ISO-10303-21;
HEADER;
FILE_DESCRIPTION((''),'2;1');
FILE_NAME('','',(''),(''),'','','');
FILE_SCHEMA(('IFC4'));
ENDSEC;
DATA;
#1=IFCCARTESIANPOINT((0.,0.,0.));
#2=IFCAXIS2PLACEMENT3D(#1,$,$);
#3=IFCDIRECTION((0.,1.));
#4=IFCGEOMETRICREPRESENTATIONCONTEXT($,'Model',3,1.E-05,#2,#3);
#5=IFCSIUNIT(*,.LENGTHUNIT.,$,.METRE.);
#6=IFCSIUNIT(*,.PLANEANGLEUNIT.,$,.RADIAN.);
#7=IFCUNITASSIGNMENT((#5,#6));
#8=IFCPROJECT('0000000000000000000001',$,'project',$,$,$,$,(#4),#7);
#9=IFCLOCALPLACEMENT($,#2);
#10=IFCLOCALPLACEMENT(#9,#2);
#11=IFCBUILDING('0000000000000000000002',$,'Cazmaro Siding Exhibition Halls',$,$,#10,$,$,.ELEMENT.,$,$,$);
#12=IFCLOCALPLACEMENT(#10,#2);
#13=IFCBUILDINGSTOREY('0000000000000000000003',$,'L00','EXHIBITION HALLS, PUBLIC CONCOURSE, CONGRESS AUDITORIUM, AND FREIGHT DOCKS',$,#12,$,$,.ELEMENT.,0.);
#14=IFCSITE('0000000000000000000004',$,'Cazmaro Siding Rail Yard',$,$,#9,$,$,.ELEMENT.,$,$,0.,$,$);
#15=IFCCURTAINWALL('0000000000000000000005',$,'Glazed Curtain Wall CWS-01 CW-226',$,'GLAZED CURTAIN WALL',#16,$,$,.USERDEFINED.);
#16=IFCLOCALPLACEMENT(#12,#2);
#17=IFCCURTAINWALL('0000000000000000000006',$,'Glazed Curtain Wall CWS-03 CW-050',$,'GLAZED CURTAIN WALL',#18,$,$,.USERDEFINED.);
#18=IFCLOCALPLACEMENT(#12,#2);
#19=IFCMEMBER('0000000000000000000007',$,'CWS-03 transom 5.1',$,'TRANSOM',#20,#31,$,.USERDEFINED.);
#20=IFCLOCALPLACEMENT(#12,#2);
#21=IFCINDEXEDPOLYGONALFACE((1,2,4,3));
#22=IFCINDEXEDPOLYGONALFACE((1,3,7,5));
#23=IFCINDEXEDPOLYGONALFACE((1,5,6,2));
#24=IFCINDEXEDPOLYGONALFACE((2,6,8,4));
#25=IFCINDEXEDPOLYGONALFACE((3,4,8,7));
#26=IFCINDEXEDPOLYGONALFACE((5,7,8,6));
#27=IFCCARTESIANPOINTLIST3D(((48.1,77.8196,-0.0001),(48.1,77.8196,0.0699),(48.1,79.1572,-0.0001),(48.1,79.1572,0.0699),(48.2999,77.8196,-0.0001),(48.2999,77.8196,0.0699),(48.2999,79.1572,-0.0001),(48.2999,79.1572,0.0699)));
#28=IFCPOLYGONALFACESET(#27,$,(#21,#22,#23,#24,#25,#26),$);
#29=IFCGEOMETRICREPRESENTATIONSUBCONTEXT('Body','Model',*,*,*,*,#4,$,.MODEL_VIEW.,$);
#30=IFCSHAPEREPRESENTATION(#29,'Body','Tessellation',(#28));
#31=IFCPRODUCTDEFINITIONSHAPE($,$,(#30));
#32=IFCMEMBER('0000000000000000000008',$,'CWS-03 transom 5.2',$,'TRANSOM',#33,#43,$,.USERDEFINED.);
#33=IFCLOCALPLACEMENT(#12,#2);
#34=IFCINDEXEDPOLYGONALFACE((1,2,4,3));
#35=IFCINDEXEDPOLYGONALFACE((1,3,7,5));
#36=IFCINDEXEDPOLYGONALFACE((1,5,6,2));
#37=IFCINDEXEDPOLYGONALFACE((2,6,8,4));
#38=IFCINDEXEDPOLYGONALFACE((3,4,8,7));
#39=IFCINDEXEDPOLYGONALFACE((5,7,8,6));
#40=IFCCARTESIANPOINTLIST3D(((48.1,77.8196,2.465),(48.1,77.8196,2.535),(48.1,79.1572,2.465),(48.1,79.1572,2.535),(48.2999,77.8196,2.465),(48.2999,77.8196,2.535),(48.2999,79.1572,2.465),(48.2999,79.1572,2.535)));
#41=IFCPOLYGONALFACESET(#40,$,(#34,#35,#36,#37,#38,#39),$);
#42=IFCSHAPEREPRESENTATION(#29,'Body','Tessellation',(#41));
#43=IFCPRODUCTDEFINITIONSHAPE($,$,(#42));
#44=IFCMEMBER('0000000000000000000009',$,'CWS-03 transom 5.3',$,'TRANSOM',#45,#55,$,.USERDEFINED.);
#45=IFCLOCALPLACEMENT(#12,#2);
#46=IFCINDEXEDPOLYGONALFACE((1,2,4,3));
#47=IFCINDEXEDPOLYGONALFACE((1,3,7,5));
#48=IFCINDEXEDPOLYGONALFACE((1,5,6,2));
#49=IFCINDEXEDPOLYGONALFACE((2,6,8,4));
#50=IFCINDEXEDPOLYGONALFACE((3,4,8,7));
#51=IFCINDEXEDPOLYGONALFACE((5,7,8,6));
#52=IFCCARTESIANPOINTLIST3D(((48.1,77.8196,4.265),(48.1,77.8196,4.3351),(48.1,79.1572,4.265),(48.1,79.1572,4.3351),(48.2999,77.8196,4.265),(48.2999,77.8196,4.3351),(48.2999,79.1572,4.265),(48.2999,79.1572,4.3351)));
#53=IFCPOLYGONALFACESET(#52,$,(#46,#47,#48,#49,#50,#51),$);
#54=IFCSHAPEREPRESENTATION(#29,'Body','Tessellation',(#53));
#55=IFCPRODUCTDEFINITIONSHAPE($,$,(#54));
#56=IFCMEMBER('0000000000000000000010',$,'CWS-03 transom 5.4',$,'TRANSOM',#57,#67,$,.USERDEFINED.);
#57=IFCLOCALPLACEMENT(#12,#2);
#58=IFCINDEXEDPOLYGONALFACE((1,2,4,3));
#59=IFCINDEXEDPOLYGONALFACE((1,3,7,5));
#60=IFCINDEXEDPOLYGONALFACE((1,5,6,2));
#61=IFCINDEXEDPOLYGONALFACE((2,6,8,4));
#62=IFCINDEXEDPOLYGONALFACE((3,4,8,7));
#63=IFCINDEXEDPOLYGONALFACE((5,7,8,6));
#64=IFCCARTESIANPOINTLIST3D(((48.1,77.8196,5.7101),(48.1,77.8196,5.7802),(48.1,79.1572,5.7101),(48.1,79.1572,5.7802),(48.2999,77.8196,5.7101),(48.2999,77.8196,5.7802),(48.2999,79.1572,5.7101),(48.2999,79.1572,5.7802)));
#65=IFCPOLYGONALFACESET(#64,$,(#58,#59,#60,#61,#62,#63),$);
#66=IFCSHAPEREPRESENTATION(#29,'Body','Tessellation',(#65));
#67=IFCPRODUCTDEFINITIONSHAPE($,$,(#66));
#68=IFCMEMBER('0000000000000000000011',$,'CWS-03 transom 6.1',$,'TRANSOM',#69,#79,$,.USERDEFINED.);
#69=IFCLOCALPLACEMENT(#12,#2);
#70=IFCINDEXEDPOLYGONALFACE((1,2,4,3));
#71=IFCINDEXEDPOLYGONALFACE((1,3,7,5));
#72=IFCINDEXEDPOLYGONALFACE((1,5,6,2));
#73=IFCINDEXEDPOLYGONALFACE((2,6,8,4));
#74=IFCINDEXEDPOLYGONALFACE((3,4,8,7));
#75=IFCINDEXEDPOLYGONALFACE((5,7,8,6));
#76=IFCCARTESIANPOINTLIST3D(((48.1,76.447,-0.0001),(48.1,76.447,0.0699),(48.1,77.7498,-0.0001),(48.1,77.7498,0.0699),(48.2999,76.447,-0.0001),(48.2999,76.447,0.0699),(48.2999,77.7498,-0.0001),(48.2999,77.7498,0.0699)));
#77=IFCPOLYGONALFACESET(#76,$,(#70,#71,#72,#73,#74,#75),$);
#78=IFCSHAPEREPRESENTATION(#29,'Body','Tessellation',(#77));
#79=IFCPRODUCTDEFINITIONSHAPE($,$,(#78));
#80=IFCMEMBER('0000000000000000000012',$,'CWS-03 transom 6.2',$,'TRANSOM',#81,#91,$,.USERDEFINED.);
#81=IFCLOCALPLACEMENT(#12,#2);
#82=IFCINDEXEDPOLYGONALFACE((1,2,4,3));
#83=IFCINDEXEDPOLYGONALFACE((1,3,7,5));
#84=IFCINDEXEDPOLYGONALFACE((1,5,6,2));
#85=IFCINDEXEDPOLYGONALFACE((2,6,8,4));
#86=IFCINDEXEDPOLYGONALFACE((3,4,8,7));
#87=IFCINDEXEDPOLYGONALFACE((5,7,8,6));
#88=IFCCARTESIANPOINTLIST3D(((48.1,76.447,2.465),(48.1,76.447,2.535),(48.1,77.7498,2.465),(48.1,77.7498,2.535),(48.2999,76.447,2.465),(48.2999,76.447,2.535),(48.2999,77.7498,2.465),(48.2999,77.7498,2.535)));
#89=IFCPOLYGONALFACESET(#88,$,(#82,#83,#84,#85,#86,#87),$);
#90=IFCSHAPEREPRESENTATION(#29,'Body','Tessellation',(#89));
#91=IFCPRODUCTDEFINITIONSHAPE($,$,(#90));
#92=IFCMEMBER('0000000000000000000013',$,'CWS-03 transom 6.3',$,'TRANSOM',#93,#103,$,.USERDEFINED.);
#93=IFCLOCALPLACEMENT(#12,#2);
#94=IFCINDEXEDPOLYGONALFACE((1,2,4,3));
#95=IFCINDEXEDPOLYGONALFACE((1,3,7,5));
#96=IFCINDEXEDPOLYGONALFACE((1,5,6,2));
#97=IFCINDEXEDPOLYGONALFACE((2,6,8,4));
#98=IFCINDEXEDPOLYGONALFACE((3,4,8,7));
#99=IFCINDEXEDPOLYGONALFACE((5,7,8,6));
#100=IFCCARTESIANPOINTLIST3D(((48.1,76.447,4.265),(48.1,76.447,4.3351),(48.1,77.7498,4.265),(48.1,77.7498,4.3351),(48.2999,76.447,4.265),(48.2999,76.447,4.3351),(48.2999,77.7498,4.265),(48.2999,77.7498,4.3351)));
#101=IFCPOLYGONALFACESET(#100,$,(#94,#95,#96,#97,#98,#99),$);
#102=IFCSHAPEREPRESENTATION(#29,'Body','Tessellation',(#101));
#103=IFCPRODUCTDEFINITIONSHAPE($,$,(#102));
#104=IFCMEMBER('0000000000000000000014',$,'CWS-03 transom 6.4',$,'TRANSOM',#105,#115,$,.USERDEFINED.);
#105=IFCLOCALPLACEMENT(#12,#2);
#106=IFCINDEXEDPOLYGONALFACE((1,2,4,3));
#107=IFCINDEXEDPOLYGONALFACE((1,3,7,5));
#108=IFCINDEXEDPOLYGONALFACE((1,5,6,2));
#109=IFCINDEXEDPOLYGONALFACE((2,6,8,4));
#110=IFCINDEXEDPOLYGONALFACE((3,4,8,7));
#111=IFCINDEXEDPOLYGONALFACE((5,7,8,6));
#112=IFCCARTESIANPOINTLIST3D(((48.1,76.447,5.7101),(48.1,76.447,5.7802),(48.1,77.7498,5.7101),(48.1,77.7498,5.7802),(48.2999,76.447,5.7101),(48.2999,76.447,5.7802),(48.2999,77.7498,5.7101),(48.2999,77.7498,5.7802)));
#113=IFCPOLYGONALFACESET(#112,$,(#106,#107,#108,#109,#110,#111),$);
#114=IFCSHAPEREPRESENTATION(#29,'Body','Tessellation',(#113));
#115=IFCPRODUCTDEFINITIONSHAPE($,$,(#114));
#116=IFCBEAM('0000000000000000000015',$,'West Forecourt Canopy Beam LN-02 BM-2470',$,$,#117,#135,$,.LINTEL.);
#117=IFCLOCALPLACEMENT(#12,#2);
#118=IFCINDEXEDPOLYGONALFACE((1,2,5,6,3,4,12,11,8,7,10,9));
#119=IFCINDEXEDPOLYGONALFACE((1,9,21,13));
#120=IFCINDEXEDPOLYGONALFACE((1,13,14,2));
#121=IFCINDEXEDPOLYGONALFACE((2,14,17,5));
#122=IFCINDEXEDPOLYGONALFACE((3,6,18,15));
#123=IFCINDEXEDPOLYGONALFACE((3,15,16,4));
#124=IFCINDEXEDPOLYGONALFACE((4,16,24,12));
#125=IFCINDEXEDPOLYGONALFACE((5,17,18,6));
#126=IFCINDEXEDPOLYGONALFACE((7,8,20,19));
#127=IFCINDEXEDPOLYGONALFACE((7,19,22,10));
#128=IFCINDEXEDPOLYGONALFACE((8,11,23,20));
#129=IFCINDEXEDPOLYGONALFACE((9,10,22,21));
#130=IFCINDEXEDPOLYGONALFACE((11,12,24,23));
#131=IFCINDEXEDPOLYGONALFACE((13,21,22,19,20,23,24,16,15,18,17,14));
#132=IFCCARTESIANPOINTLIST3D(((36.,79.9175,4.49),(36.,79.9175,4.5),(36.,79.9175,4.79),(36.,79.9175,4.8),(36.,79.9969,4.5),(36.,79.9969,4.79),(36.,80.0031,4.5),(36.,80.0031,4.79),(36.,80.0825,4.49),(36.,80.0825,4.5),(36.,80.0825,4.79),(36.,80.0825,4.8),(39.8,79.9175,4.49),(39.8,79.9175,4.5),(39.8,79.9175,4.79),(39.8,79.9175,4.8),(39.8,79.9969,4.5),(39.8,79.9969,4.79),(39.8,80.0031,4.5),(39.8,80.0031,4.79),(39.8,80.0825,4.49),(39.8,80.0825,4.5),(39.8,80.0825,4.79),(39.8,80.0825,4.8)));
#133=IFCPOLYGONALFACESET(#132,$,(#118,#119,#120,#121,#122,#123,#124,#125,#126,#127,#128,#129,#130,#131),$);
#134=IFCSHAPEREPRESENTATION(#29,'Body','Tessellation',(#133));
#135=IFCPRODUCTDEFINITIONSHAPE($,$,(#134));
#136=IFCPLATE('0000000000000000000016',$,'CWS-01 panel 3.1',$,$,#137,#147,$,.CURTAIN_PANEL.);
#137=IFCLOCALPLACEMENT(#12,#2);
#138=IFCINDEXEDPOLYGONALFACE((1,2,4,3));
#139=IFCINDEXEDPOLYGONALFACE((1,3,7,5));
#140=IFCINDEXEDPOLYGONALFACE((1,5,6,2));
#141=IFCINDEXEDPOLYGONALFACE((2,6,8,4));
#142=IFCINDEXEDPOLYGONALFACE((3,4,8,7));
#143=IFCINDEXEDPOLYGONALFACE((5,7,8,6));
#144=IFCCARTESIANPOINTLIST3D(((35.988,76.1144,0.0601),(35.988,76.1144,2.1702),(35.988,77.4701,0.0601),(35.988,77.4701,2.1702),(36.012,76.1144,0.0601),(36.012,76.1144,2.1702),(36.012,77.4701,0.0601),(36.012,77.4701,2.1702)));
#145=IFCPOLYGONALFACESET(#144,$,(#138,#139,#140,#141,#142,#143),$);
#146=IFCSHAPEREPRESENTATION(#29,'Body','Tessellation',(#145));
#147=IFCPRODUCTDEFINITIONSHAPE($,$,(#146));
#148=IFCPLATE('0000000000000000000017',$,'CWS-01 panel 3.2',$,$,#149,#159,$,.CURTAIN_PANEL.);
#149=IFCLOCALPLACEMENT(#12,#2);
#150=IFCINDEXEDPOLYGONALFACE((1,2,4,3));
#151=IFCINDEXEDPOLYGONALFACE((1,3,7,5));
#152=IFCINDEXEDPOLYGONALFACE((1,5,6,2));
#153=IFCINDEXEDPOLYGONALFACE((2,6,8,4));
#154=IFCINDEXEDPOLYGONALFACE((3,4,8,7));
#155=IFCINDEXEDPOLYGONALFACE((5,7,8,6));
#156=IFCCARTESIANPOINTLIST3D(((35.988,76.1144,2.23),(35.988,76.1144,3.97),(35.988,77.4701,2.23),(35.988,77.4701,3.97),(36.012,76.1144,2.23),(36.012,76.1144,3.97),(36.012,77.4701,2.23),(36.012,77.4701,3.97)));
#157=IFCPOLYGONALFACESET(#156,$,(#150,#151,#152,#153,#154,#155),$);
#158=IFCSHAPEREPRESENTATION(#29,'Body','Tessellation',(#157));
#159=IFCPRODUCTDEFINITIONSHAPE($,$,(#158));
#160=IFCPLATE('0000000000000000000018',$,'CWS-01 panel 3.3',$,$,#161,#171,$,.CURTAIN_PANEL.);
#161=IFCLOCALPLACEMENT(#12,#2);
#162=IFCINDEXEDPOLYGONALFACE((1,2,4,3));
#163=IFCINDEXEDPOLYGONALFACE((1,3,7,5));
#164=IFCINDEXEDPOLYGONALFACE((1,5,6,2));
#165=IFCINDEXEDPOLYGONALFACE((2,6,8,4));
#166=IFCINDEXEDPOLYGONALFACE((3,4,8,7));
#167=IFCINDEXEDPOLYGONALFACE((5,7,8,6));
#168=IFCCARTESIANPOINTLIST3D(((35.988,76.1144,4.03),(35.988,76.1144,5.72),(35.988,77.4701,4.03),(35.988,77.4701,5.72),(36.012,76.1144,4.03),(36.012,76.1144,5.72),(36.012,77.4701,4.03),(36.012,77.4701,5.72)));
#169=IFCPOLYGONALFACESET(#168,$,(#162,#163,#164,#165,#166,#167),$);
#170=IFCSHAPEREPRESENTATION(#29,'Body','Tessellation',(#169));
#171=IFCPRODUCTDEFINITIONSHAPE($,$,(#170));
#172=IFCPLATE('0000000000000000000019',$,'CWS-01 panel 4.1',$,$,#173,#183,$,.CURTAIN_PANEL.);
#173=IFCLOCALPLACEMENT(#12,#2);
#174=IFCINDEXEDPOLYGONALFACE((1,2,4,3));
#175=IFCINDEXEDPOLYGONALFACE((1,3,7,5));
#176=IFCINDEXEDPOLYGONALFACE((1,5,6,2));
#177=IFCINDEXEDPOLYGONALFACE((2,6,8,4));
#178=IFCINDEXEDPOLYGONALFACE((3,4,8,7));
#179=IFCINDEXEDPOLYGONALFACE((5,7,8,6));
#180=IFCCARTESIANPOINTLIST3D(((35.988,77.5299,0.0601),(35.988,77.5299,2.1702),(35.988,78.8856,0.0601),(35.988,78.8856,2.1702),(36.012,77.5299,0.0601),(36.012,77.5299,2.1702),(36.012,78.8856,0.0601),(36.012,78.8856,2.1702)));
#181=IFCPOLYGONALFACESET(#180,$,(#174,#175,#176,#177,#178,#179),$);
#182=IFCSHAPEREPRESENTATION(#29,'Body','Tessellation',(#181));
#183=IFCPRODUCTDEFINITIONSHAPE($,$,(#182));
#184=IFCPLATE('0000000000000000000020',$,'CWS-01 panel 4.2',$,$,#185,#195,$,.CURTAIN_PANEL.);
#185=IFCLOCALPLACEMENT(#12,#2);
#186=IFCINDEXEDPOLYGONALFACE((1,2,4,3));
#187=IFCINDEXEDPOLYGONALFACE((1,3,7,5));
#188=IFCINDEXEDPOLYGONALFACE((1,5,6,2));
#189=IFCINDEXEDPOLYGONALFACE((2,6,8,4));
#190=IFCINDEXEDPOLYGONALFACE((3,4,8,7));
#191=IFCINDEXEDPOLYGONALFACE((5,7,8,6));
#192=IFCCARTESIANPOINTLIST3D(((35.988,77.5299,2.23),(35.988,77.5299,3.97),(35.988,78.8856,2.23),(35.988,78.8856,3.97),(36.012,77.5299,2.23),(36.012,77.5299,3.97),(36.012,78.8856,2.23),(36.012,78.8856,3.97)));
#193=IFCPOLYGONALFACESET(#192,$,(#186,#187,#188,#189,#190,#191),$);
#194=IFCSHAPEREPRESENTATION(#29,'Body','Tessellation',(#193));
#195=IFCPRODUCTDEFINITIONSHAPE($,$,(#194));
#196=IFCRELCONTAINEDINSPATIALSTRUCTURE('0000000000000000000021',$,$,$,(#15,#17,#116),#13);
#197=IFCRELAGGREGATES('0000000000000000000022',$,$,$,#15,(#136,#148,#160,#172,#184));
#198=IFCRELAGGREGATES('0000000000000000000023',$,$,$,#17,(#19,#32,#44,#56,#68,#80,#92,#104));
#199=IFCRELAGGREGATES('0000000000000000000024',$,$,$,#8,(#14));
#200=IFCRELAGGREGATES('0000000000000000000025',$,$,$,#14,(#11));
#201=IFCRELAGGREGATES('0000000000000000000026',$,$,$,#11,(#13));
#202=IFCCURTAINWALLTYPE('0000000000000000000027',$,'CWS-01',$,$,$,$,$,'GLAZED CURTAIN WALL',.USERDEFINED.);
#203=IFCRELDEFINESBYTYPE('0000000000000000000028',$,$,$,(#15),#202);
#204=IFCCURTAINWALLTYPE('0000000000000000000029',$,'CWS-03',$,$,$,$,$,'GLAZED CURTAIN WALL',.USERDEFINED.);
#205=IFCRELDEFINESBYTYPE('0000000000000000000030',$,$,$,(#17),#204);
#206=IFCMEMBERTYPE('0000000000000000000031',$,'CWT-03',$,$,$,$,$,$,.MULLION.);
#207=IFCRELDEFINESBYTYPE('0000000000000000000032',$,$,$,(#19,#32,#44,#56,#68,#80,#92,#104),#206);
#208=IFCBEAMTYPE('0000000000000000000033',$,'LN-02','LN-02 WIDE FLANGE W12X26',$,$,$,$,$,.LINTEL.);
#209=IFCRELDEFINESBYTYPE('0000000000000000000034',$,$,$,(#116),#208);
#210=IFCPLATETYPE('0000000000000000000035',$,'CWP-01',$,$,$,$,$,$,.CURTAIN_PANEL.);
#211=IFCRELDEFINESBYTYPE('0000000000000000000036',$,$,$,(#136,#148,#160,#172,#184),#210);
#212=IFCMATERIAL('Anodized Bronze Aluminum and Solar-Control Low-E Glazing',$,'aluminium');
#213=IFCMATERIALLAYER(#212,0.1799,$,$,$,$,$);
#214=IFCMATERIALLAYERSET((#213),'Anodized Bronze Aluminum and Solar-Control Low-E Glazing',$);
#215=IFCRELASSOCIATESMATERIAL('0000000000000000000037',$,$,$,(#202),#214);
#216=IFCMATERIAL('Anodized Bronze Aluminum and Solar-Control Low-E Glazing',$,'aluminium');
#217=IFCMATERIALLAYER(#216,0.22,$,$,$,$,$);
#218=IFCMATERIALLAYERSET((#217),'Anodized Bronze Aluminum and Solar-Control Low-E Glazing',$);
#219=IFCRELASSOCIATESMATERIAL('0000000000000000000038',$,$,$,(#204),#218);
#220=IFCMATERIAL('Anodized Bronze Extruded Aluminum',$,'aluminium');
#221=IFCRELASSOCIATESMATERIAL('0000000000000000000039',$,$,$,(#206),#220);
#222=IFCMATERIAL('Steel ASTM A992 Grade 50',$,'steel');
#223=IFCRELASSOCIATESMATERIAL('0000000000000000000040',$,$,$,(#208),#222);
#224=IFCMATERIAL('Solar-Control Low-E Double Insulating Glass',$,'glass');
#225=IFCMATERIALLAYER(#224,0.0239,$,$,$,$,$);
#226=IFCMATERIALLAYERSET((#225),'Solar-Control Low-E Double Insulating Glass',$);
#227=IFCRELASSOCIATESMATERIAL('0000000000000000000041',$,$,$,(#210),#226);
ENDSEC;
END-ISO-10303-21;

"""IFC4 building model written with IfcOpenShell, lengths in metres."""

from ifc_helpers import new_model, si_unit, direction, frame, origin, origin_2d, place, context, subcontext, project, spatial, rectangle, i_section, extrude, material, layer, layer_set, material_profile, profile_set, type_object, element, aggregate, save


model = new_model("IFC4")

# Units and contexts
model_context = context("Model", 3, precision=1e-05, world=origin(), true_north=direction((0.0, 1.0)))
body_context = subcontext(model_context, "Body", "Model", "MODEL_VIEW")
ifc_project = project(units=[si_unit("LENGTHUNIT", "METRE"), si_unit("PLANEANGLEUNIT", "RADIAN")], contexts=[model_context])

# Site, building, storey
site_placement = place(None, origin())
site = spatial("IfcSite", under=ifc_project, at=site_placement, Name="Cazmaro Siding Rail Yard", CompositionType="ELEMENT", RefElevation=0.0)
building_placement = place(site_placement, origin())
building = spatial("IfcBuilding", under=site, at=building_placement, Name="Cazmaro Siding Exhibition Halls", CompositionType="ELEMENT")
storey_placement = place(building_placement, origin())
storey = spatial("IfcBuildingStorey", under=building, at=storey_placement, Name="L00", Description="EXHIBITION HALLS, PUBLIC CONCOURSE, CONGRESS AUDITORIUM, AND FREIGHT DOCKS", CompositionType="ELEMENT", Elevation=0.0)

# Curtain walls
ifc_material_1 = material(Name="Anodized Bronze Aluminum and Solar-Control Low-E Glazing", Category="aluminium")
ifc_layer_1 = layer(ifc_material_1, 0.1799)
ifc_layer_set_1 = layer_set([ifc_layer_1], Name="Anodized Bronze Aluminum and Solar-Control Low-E Glazing")
curtain_wall_type_1 = type_object("IfcCurtainWallType", Name="CWS-01", ElementType="GLAZED CURTAIN WALL", PredefinedType="USERDEFINED", material=ifc_layer_set_1)
curtain_wall_1_placement = place(storey_placement, origin())
curtain_wall_1 = element("IfcCurtainWall", 1, at=curtain_wall_1_placement, inside=storey, type_object=curtain_wall_type_1, Name="Glazed Curtain Wall CWS-01 CW-226", ObjectType="GLAZED CURTAIN WALL", PredefinedType="USERDEFINED")
ifc_material_2 = material(Name="Anodized Bronze Aluminum and Solar-Control Low-E Glazing", Category="aluminium")
ifc_layer_2 = layer(ifc_material_2, 0.22)
ifc_layer_set_2 = layer_set([ifc_layer_2], Name="Anodized Bronze Aluminum and Solar-Control Low-E Glazing")
curtain_wall_type_2 = type_object("IfcCurtainWallType", Name="CWS-03", ElementType="GLAZED CURTAIN WALL", PredefinedType="USERDEFINED", material=ifc_layer_set_2)
curtain_wall_2_placement = place(storey_placement, origin())
curtain_wall_2 = element("IfcCurtainWall", 2, at=curtain_wall_2_placement, inside=storey, type_object=curtain_wall_type_2, Name="Glazed Curtain Wall CWS-03 CW-050", ObjectType="GLAZED CURTAIN WALL", PredefinedType="USERDEFINED")

# Members
ifc_material_3 = material(Name="Anodized Bronze Extruded Aluminum", Category="aluminium")
ifc_material_profile_1 = material_profile(ifc_material_3, rectangle(XDim=0.2, YDim=0.0701, at=origin_2d()), Name="CWT-03")
ifc_profile_set_1 = profile_set([ifc_material_profile_1], Name="Anodized Bronze Extruded Aluminum")
member_type_1 = type_object("IfcMemberType", Name="CWT-03", PredefinedType="MULLION", material=ifc_profile_set_1)
member_1_placement = place(storey_placement, frame((48.2, 79.1572, 0.0349), z_axis=(0.0, -1.0, 0.0), x_axis=(1.0, 0.0, 0.0)))
member_1 = element("IfcMember", 3, at=member_1_placement, type_object=member_type_1, Name="CWS-03 transom 5.1", ObjectType="TRANSOM", PredefinedType="USERDEFINED", context=body_context, shape_type="SweptSolid", body=[
    extrude(rectangle(XDim=0.2, YDim=0.0701, at=origin_2d()), origin(), (0.0, 0.0, 1.0), 1.3376),
])
member_2_placement = place(storey_placement, frame((48.2, 79.1572, 2.5), z_axis=(0.0, -1.0, 0.0), x_axis=(1.0, 0.0, 0.0)))
member_2 = element("IfcMember", 4, at=member_2_placement, type_object=member_type_1, Name="CWS-03 transom 5.2", ObjectType="TRANSOM", PredefinedType="USERDEFINED", context=body_context, shape_type="SweptSolid", body=[
    extrude(rectangle(XDim=0.2, YDim=0.0701, at=origin_2d()), origin(), (0.0, 0.0, 1.0), 1.3376),
])
member_3_placement = place(storey_placement, frame((48.2, 79.1572, 4.3), z_axis=(0.0, -1.0, 0.0), x_axis=(1.0, 0.0, 0.0)))
member_3 = element("IfcMember", 5, at=member_3_placement, type_object=member_type_1, Name="CWS-03 transom 5.3", ObjectType="TRANSOM", PredefinedType="USERDEFINED", context=body_context, shape_type="SweptSolid", body=[
    extrude(rectangle(XDim=0.2, YDim=0.0701, at=origin_2d()), origin(), (0.0, 0.0, 1.0), 1.3376),
])
member_4_placement = place(storey_placement, frame((48.2, 79.1572, 5.7451), z_axis=(0.0, -1.0, 0.0), x_axis=(1.0, 0.0, 0.0)))
member_4 = element("IfcMember", 6, at=member_4_placement, type_object=member_type_1, Name="CWS-03 transom 5.4", ObjectType="TRANSOM", PredefinedType="USERDEFINED", context=body_context, shape_type="SweptSolid", body=[
    extrude(rectangle(XDim=0.2, YDim=0.0701, at=origin_2d()), origin(), (0.0, 0.0, 1.0), 1.3376),
])
member_5_placement = place(storey_placement, frame((48.2, 77.7498, 0.0349), z_axis=(0.0, -1.0, 0.0), x_axis=(1.0, 0.0, 0.0)))
member_5 = element("IfcMember", 7, at=member_5_placement, type_object=member_type_1, Name="CWS-03 transom 6.1", ObjectType="TRANSOM", PredefinedType="USERDEFINED", context=body_context, shape_type="SweptSolid", body=[
    extrude(rectangle(XDim=0.2, YDim=0.0701, at=origin_2d()), origin(), (0.0, 0.0, 1.0), 1.3027),
])
member_6_placement = place(storey_placement, frame((48.2, 77.7498, 2.5), z_axis=(0.0, -1.0, 0.0), x_axis=(1.0, 0.0, 0.0)))
member_6 = element("IfcMember", 8, at=member_6_placement, type_object=member_type_1, Name="CWS-03 transom 6.2", ObjectType="TRANSOM", PredefinedType="USERDEFINED", context=body_context, shape_type="SweptSolid", body=[
    extrude(rectangle(XDim=0.2, YDim=0.0701, at=origin_2d()), origin(), (0.0, 0.0, 1.0), 1.3027),
])
member_7_placement = place(storey_placement, frame((48.2, 77.7498, 4.3), z_axis=(0.0, -1.0, 0.0), x_axis=(1.0, 0.0, 0.0)))
member_7 = element("IfcMember", 9, at=member_7_placement, type_object=member_type_1, Name="CWS-03 transom 6.3", ObjectType="TRANSOM", PredefinedType="USERDEFINED", context=body_context, shape_type="SweptSolid", body=[
    extrude(rectangle(XDim=0.2, YDim=0.0701, at=origin_2d()), origin(), (0.0, 0.0, 1.0), 1.3027),
])
member_8_placement = place(storey_placement, frame((48.2, 77.7498, 5.7451), z_axis=(0.0, -1.0, 0.0), x_axis=(1.0, 0.0, 0.0)))
member_8 = element("IfcMember", 10, at=member_8_placement, type_object=member_type_1, Name="CWS-03 transom 6.4", ObjectType="TRANSOM", PredefinedType="USERDEFINED", context=body_context, shape_type="SweptSolid", body=[
    extrude(rectangle(XDim=0.2, YDim=0.0701, at=origin_2d()), origin(), (0.0, 0.0, 1.0), 1.3027),
])

# Beam
ifc_material_4 = material(Name="Steel ASTM A992 Grade 50", Category="steel")
ifc_material_profile_2 = material_profile(ifc_material_4, i_section(OverallWidth=0.165, OverallDepth=0.3101, WebThickness=0.0061, FlangeThickness=0.01, at=origin_2d()), Name="W12X26")
ifc_profile_set_2 = profile_set([ifc_material_profile_2], Name="Steel ASTM A992 Grade 50")
beam_type = type_object("IfcBeamType", Name="LN-02", Description="LN-02 WIDE FLANGE W12X26", PredefinedType="LINTEL", material=ifc_profile_set_2)
beam_placement = place(storey_placement, frame((36.0, 80.0, 4.645), z_axis=(1.0, 0.0, 0.0), x_axis=(0.0, 1.0, 0.0)))
element("IfcBeam", 11, at=beam_placement, inside=storey, type_object=beam_type, Name="West Forecourt Canopy Beam LN-02 BM-2470", PredefinedType="LINTEL", context=body_context, shape_type="SweptSolid", body=[
    extrude(i_section(OverallWidth=0.165, OverallDepth=0.3101, WebThickness=0.0061, FlangeThickness=0.01, at=origin_2d()), origin(), (0.0, 0.0, 1.0), 3.8),
])

# Plates
ifc_material_5 = material(Name="Solar-Control Low-E Double Insulating Glass", Category="glass")
ifc_layer_3 = layer(ifc_material_5, 0.0239)
ifc_layer_set_3 = layer_set([ifc_layer_3], Name="Solar-Control Low-E Double Insulating Glass")
plate_type_1 = type_object("IfcPlateType", Name="CWP-01", PredefinedType="CURTAIN_PANEL", material=ifc_layer_set_3)
plate_1_placement = place(storey_placement, frame((36.0, 76.7922, 0.0601), z_axis=(0.0, 0.0, 1.0), x_axis=(0.0, 1.0, 0.0)))
plate_1 = element("IfcPlate", 12, at=plate_1_placement, type_object=plate_type_1, Name="CWS-01 panel 3.1", PredefinedType="CURTAIN_PANEL", context=body_context, shape_type="SweptSolid", body=[
    extrude(rectangle(XDim=1.3557, YDim=0.0239, at=origin_2d()), origin(), (0.0, 0.0, 1.0), 2.1101),
])
plate_2_placement = place(storey_placement, frame((36.0, 76.7922, 2.23), z_axis=(0.0, 0.0, 1.0), x_axis=(0.0, 1.0, 0.0)))
plate_2 = element("IfcPlate", 13, at=plate_2_placement, type_object=plate_type_1, Name="CWS-01 panel 3.2", PredefinedType="CURTAIN_PANEL", context=body_context, shape_type="SweptSolid", body=[
    extrude(rectangle(XDim=1.3557, YDim=0.0239, at=origin_2d()), origin(), (0.0, 0.0, 1.0), 1.74),
])
plate_3_placement = place(storey_placement, frame((36.0, 76.7922, 4.03), z_axis=(0.0, 0.0, 1.0), x_axis=(0.0, 1.0, 0.0)))
plate_3 = element("IfcPlate", 14, at=plate_3_placement, type_object=plate_type_1, Name="CWS-01 panel 3.3", PredefinedType="CURTAIN_PANEL", context=body_context, shape_type="SweptSolid", body=[
    extrude(rectangle(XDim=1.3557, YDim=0.0239, at=origin_2d()), origin(), (0.0, 0.0, 1.0), 1.6899),
])
plate_4_placement = place(storey_placement, frame((36.0, 78.2078, 0.0601), z_axis=(0.0, 0.0, 1.0), x_axis=(0.0, 1.0, 0.0)))
plate_4 = element("IfcPlate", 15, at=plate_4_placement, type_object=plate_type_1, Name="CWS-01 panel 4.1", PredefinedType="CURTAIN_PANEL", context=body_context, shape_type="SweptSolid", body=[
    extrude(rectangle(XDim=1.3557, YDim=0.0239, at=origin_2d()), origin(), (0.0, 0.0, 1.0), 2.1101),
])
plate_5_placement = place(storey_placement, frame((36.0, 78.2078, 2.23), z_axis=(0.0, 0.0, 1.0), x_axis=(0.0, 1.0, 0.0)))
plate_5 = element("IfcPlate", 16, at=plate_5_placement, type_object=plate_type_1, Name="CWS-01 panel 4.2", PredefinedType="CURTAIN_PANEL", context=body_context, shape_type="SweptSolid", body=[
    extrude(rectangle(XDim=1.3557, YDim=0.0239, at=origin_2d()), origin(), (0.0, 0.0, 1.0), 1.74),
])
aggregate(curtain_wall_1, [plate_1, plate_2, plate_3, plate_4, plate_5])
aggregate(curtain_wall_2, [member_1, member_2, member_3, member_4, member_5, member_6, member_7, member_8])

save(model, "model.ifc")
